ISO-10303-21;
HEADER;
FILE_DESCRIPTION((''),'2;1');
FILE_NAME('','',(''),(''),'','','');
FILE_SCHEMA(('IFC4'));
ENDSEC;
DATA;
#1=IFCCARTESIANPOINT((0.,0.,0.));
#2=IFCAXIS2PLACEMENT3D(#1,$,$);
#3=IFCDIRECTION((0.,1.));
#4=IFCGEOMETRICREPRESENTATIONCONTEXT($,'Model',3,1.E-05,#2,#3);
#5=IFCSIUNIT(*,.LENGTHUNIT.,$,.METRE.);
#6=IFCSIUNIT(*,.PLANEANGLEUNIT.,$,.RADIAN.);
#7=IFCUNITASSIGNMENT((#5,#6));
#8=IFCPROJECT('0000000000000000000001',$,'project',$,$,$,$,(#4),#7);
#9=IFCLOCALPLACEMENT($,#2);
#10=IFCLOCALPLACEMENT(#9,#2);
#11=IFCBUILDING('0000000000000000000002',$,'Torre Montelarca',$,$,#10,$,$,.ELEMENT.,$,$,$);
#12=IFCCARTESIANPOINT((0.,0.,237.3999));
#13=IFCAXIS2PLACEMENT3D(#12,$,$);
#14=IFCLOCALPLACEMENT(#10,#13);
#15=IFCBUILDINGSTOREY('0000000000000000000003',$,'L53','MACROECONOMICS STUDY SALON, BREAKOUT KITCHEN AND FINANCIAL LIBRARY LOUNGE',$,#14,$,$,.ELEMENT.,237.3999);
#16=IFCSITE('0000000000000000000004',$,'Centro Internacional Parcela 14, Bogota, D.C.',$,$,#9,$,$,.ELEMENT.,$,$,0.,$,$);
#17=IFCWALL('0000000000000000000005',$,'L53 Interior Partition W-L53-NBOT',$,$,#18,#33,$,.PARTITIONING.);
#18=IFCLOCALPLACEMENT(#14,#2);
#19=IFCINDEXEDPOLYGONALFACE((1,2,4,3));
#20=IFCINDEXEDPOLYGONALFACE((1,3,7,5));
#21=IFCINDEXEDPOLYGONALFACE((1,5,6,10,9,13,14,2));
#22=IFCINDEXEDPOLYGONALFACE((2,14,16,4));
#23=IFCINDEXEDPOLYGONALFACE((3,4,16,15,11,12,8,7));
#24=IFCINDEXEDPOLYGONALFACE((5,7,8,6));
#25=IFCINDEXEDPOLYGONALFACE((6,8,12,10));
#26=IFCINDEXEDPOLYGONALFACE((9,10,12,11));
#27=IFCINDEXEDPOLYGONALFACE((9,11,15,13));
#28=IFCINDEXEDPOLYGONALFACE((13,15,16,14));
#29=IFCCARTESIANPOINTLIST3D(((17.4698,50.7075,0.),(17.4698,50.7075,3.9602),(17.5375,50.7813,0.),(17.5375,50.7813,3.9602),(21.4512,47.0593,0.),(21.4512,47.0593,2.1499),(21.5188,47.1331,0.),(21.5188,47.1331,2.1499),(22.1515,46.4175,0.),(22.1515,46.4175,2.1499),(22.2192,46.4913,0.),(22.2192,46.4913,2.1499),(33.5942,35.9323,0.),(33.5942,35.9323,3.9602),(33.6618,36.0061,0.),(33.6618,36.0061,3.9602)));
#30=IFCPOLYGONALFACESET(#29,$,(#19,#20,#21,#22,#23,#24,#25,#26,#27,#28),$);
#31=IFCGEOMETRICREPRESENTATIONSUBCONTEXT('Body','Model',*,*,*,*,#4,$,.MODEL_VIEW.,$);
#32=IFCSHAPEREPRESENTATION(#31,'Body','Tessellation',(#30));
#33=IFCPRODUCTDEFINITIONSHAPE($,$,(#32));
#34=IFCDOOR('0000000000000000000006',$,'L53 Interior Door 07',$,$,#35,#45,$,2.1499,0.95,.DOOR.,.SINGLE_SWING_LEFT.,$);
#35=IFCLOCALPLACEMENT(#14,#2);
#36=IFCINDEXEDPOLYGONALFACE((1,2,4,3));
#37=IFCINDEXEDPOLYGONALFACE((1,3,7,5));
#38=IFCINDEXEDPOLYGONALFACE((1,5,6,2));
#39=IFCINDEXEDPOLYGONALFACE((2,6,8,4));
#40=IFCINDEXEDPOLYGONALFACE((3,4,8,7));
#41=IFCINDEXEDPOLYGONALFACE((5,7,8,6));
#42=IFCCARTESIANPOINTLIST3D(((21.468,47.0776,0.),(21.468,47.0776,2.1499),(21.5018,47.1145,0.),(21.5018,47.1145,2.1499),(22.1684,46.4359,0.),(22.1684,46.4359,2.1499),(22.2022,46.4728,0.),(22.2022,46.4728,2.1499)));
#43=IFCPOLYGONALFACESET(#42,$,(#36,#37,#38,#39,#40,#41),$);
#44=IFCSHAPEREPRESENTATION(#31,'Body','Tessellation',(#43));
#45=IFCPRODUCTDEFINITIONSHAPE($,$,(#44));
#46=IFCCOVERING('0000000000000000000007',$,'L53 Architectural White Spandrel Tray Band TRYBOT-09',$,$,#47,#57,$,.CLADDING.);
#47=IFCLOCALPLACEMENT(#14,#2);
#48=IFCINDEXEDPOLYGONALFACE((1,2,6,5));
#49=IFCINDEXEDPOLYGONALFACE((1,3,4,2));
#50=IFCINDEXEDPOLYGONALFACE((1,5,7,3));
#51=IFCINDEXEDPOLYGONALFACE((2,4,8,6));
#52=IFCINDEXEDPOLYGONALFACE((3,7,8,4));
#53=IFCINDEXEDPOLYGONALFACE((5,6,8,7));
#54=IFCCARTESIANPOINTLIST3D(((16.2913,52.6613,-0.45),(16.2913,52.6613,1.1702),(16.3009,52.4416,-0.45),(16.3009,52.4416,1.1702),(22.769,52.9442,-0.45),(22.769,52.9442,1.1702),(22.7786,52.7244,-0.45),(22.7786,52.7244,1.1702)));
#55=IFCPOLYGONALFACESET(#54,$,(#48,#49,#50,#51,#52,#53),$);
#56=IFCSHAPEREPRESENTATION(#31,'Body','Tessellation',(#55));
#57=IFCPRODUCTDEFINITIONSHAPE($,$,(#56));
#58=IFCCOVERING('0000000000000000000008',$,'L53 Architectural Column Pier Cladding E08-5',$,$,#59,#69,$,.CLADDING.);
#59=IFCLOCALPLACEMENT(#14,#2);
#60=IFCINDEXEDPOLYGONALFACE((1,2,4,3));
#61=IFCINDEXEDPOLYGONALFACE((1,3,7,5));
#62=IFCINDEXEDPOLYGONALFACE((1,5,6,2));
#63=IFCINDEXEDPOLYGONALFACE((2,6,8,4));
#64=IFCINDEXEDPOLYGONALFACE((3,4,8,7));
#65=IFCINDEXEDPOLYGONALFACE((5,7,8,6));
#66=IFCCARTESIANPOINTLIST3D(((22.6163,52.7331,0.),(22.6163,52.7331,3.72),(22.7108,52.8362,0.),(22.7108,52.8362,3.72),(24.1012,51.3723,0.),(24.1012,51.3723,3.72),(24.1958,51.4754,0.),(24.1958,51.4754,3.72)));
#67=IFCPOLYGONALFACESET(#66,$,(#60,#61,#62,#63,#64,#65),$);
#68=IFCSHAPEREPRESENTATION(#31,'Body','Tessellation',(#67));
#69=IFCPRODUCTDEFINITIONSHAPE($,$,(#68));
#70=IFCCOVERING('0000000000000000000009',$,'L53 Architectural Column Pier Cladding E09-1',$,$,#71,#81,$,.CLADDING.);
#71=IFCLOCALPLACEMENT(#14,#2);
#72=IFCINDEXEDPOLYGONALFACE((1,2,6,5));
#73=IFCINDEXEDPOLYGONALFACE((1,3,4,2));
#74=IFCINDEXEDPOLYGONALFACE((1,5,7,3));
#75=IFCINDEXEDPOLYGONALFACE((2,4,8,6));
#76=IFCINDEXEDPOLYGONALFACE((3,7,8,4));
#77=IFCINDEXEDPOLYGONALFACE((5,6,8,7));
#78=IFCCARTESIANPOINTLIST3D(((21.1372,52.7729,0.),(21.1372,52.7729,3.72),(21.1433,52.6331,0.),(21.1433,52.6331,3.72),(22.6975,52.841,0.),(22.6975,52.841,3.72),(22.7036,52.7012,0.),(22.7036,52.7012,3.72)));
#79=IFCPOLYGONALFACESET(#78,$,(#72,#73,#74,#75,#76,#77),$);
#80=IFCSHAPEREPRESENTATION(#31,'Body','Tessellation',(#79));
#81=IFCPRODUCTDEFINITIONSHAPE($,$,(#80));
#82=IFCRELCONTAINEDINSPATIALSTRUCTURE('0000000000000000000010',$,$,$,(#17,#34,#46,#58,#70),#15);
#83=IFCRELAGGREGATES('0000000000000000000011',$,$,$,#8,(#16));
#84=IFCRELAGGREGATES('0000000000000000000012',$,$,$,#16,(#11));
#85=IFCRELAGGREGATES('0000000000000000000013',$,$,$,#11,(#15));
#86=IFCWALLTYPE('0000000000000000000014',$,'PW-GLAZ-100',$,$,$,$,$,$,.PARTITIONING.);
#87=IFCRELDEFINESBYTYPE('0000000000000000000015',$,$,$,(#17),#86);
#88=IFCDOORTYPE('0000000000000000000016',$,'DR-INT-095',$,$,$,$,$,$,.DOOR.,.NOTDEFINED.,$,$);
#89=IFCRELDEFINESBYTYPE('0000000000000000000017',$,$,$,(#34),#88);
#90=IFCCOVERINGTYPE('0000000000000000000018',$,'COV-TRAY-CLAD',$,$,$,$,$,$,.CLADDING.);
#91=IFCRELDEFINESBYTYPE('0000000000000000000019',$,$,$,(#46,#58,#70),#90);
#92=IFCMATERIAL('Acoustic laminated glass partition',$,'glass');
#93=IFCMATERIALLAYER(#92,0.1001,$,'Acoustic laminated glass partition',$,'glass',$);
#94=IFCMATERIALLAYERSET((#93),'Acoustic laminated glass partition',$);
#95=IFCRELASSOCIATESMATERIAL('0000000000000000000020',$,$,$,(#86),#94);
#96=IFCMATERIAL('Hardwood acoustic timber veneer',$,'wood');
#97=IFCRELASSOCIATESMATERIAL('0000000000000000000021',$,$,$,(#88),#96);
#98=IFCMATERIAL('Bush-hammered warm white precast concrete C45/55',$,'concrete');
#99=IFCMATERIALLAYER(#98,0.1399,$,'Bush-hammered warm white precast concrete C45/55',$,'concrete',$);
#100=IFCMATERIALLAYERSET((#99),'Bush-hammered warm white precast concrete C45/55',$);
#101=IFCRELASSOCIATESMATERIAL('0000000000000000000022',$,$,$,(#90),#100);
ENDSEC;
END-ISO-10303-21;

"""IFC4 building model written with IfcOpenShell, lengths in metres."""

from ifc_helpers import new_model, si_unit, direction, frame, frame_2d, origin, origin_2d, place, context, subcontext, project, spatial, rectangle, extrude, source, transform, mapped, material, layer, layer_set, type_object, element, fill, save


model = new_model("IFC4")

# Units and contexts
model_context = context("Model", 3, precision=1e-05, world=origin(), true_north=direction((0.0, 1.0)))
body_context = subcontext(model_context, "Body", "Model", "MODEL_VIEW")
ifc_project = project(units=[si_unit("LENGTHUNIT", "METRE"), si_unit("PLANEANGLEUNIT", "RADIAN")], contexts=[model_context])

# Site, building, storey
site_placement = place(None, origin())
site = spatial("IfcSite", under=ifc_project, at=site_placement, Name="Centro Internacional Parcela 14, Bogota, D.C.", CompositionType="ELEMENT", RefElevation=0.0)
building_placement = place(site_placement, origin())
building = spatial("IfcBuilding", under=site, at=building_placement, Name="Torre Montelarca", CompositionType="ELEMENT")
storey_placement = place(building_placement, frame((0.0, 0.0, 237.3999)))
storey = spatial("IfcBuildingStorey", under=building, at=storey_placement, Name="L53", Description="MACROECONOMICS STUDY SALON, BREAKOUT KITCHEN AND FINANCIAL LIBRARY LOUNGE", CompositionType="ELEMENT", Elevation=237.3999)

# Wall, opening, door
ifc_material_1 = material(Name="Acoustic laminated glass partition", Category="glass")
ifc_layer_1 = layer(ifc_material_1, 0.1001, Name="Acoustic laminated glass partition", Category="glass")
ifc_layer_set_1 = layer_set([ifc_layer_1], Name="Acoustic laminated glass partition")
wall_type = type_object("IfcWallType", Name="PW-GLAZ-100", PredefinedType="PARTITIONING", material=ifc_layer_set_1)
wall_placement = place(storey_placement, frame((17.5037, 50.7444, 0.0), z_axis=(0.0, 0.0, 1.0), x_axis=(0.737278, -0.67559, 0.0)))
wall = element("IfcWall", 1, at=wall_placement, inside=storey, type_object=wall_type, Name="L53 Interior Partition W-L53-NBOT", PredefinedType="PARTITIONING", context=body_context, shape_type="SweptSolid", body=[
    extrude(rectangle(XDim=21.8701, YDim=0.1001, at=frame_2d((10.9351, 0.0))), origin(), (0.0, 0.0, 1.0), 3.9602),
])
opening_placement = place(wall_placement, frame((5.3999, 0.0, 0.0)))
opening = element("IfcOpeningElement", 2, at=opening_placement, cuts=wall, PredefinedType="OPENING", context=body_context, shape_type="SweptSolid", body=[
    extrude(rectangle(XDim=0.95, YDim=2.1499, at=frame_2d((0.4751, 1.075))), frame((0.0, 0.0601, 0.0), z_axis=(0.0, -1.0, 0.0), x_axis=(1.0, 0.0, 0.0)), (0.0, 0.0, 1.0), 0.1201),
])
ifc_material_2 = material(Name="Hardwood acoustic timber veneer", Category="wood")
door_type = type_object("IfcDoorType", Name="DR-INT-095", OperationType="NOTDEFINED", PredefinedType="DOOR", material=ifc_material_2)
shared_shape_1 = source(origin(), body_context, "Body", "SweptSolid", [
    extrude(rectangle(XDim=0.95, YDim=2.1499, at=frame_2d((0.4751, 1.075))), frame((0.0, 0.0249, 0.0), z_axis=(0.0, -1.0, 0.0), x_axis=(1.0, 0.0, 0.0)), (0.0, 0.0, 1.0), 0.05),
])
door_placement = place(opening_placement, origin())
door = element("IfcDoor", 3, at=door_placement, inside=storey, type_object=door_type, Name="L53 Interior Door 07", OperationType="SINGLE_SWING_LEFT", OverallHeight=2.1499, OverallWidth=0.95, PredefinedType="DOOR", context=body_context, shape_type="MappedRepresentation", body=[
    mapped(shared_shape_1, transform((0.0, 0.0, 0.0), scale=1.0)),
])
fill(opening, door)

# Coverings
ifc_material_3 = material(Name="Bush-hammered warm white precast concrete C45/55", Category="concrete")
ifc_layer_2 = layer(ifc_material_3, 0.1399, Name="Bush-hammered warm white precast concrete C45/55", Category="concrete")
ifc_layer_set_2 = layer_set([ifc_layer_2], Name="Bush-hammered warm white precast concrete C45/55")
covering_type = type_object("IfcCoveringType", Name="COV-TRAY-CLAD", PredefinedType="CLADDING", material=ifc_layer_set_2)
shared_shape_2 = source(origin(), body_context, "Body", "SweptSolid", [
    extrude(rectangle(XDim=6.4839, YDim=0.22, at=origin_2d()), origin(), (0.0, 0.0, 1.0), 1.6201),
])
covering_1_placement = place(storey_placement, frame((19.5349, 52.6929, -0.45), z_axis=(0.0, 0.0, 1.0), x_axis=(-0.999048, -0.043621, 0.0)))
element("IfcCovering", 4, at=covering_1_placement, inside=storey, type_object=covering_type, Name="L53 Architectural White Spandrel Tray Band TRYBOT-09", PredefinedType="CLADDING", context=body_context, shape_type="MappedRepresentation", body=[
    mapped(shared_shape_2, transform((0.0, 0.0, 0.0), scale=1.0)),
])
shared_shape_3 = source(origin(), body_context, "Body", "SweptSolid", [
    extrude(rectangle(XDim=2.0142, YDim=0.1399, at=origin_2d()), origin(), (0.0, 0.0, 1.0), 3.72),
])
covering_2_placement = place(storey_placement, frame((23.406, 52.1042, 0.0), z_axis=(0.0, 0.0, 1.0), x_axis=(-0.737277, 0.67559, 0.0)))
element("IfcCovering", 5, at=covering_2_placement, inside=storey, type_object=covering_type, Name="L53 Architectural Column Pier Cladding E08-5", PredefinedType="CLADDING", context=body_context, shape_type="MappedRepresentation", body=[
    mapped(shared_shape_3, transform((0.0, 0.0, 0.0), scale=1.0)),
])
shared_shape_4 = source(origin(), body_context, "Body", "SweptSolid", [
    extrude(rectangle(XDim=1.5618, YDim=0.1399, at=origin_2d()), origin(), (0.0, 0.0, 1.0), 3.72),
])
covering_3_placement = place(storey_placement, frame((21.9204, 52.7371, 0.0), z_axis=(0.0, 0.0, 1.0), x_axis=(-0.999048, -0.043628, 0.0)))
element("IfcCovering", 6, at=covering_3_placement, inside=storey, type_object=covering_type, Name="L53 Architectural Column Pier Cladding E09-1", PredefinedType="CLADDING", context=body_context, shape_type="MappedRepresentation", body=[
    mapped(shared_shape_4, transform((0.0, 0.0, 0.0), scale=1.0)),
])

save(model, "model.ifc")
